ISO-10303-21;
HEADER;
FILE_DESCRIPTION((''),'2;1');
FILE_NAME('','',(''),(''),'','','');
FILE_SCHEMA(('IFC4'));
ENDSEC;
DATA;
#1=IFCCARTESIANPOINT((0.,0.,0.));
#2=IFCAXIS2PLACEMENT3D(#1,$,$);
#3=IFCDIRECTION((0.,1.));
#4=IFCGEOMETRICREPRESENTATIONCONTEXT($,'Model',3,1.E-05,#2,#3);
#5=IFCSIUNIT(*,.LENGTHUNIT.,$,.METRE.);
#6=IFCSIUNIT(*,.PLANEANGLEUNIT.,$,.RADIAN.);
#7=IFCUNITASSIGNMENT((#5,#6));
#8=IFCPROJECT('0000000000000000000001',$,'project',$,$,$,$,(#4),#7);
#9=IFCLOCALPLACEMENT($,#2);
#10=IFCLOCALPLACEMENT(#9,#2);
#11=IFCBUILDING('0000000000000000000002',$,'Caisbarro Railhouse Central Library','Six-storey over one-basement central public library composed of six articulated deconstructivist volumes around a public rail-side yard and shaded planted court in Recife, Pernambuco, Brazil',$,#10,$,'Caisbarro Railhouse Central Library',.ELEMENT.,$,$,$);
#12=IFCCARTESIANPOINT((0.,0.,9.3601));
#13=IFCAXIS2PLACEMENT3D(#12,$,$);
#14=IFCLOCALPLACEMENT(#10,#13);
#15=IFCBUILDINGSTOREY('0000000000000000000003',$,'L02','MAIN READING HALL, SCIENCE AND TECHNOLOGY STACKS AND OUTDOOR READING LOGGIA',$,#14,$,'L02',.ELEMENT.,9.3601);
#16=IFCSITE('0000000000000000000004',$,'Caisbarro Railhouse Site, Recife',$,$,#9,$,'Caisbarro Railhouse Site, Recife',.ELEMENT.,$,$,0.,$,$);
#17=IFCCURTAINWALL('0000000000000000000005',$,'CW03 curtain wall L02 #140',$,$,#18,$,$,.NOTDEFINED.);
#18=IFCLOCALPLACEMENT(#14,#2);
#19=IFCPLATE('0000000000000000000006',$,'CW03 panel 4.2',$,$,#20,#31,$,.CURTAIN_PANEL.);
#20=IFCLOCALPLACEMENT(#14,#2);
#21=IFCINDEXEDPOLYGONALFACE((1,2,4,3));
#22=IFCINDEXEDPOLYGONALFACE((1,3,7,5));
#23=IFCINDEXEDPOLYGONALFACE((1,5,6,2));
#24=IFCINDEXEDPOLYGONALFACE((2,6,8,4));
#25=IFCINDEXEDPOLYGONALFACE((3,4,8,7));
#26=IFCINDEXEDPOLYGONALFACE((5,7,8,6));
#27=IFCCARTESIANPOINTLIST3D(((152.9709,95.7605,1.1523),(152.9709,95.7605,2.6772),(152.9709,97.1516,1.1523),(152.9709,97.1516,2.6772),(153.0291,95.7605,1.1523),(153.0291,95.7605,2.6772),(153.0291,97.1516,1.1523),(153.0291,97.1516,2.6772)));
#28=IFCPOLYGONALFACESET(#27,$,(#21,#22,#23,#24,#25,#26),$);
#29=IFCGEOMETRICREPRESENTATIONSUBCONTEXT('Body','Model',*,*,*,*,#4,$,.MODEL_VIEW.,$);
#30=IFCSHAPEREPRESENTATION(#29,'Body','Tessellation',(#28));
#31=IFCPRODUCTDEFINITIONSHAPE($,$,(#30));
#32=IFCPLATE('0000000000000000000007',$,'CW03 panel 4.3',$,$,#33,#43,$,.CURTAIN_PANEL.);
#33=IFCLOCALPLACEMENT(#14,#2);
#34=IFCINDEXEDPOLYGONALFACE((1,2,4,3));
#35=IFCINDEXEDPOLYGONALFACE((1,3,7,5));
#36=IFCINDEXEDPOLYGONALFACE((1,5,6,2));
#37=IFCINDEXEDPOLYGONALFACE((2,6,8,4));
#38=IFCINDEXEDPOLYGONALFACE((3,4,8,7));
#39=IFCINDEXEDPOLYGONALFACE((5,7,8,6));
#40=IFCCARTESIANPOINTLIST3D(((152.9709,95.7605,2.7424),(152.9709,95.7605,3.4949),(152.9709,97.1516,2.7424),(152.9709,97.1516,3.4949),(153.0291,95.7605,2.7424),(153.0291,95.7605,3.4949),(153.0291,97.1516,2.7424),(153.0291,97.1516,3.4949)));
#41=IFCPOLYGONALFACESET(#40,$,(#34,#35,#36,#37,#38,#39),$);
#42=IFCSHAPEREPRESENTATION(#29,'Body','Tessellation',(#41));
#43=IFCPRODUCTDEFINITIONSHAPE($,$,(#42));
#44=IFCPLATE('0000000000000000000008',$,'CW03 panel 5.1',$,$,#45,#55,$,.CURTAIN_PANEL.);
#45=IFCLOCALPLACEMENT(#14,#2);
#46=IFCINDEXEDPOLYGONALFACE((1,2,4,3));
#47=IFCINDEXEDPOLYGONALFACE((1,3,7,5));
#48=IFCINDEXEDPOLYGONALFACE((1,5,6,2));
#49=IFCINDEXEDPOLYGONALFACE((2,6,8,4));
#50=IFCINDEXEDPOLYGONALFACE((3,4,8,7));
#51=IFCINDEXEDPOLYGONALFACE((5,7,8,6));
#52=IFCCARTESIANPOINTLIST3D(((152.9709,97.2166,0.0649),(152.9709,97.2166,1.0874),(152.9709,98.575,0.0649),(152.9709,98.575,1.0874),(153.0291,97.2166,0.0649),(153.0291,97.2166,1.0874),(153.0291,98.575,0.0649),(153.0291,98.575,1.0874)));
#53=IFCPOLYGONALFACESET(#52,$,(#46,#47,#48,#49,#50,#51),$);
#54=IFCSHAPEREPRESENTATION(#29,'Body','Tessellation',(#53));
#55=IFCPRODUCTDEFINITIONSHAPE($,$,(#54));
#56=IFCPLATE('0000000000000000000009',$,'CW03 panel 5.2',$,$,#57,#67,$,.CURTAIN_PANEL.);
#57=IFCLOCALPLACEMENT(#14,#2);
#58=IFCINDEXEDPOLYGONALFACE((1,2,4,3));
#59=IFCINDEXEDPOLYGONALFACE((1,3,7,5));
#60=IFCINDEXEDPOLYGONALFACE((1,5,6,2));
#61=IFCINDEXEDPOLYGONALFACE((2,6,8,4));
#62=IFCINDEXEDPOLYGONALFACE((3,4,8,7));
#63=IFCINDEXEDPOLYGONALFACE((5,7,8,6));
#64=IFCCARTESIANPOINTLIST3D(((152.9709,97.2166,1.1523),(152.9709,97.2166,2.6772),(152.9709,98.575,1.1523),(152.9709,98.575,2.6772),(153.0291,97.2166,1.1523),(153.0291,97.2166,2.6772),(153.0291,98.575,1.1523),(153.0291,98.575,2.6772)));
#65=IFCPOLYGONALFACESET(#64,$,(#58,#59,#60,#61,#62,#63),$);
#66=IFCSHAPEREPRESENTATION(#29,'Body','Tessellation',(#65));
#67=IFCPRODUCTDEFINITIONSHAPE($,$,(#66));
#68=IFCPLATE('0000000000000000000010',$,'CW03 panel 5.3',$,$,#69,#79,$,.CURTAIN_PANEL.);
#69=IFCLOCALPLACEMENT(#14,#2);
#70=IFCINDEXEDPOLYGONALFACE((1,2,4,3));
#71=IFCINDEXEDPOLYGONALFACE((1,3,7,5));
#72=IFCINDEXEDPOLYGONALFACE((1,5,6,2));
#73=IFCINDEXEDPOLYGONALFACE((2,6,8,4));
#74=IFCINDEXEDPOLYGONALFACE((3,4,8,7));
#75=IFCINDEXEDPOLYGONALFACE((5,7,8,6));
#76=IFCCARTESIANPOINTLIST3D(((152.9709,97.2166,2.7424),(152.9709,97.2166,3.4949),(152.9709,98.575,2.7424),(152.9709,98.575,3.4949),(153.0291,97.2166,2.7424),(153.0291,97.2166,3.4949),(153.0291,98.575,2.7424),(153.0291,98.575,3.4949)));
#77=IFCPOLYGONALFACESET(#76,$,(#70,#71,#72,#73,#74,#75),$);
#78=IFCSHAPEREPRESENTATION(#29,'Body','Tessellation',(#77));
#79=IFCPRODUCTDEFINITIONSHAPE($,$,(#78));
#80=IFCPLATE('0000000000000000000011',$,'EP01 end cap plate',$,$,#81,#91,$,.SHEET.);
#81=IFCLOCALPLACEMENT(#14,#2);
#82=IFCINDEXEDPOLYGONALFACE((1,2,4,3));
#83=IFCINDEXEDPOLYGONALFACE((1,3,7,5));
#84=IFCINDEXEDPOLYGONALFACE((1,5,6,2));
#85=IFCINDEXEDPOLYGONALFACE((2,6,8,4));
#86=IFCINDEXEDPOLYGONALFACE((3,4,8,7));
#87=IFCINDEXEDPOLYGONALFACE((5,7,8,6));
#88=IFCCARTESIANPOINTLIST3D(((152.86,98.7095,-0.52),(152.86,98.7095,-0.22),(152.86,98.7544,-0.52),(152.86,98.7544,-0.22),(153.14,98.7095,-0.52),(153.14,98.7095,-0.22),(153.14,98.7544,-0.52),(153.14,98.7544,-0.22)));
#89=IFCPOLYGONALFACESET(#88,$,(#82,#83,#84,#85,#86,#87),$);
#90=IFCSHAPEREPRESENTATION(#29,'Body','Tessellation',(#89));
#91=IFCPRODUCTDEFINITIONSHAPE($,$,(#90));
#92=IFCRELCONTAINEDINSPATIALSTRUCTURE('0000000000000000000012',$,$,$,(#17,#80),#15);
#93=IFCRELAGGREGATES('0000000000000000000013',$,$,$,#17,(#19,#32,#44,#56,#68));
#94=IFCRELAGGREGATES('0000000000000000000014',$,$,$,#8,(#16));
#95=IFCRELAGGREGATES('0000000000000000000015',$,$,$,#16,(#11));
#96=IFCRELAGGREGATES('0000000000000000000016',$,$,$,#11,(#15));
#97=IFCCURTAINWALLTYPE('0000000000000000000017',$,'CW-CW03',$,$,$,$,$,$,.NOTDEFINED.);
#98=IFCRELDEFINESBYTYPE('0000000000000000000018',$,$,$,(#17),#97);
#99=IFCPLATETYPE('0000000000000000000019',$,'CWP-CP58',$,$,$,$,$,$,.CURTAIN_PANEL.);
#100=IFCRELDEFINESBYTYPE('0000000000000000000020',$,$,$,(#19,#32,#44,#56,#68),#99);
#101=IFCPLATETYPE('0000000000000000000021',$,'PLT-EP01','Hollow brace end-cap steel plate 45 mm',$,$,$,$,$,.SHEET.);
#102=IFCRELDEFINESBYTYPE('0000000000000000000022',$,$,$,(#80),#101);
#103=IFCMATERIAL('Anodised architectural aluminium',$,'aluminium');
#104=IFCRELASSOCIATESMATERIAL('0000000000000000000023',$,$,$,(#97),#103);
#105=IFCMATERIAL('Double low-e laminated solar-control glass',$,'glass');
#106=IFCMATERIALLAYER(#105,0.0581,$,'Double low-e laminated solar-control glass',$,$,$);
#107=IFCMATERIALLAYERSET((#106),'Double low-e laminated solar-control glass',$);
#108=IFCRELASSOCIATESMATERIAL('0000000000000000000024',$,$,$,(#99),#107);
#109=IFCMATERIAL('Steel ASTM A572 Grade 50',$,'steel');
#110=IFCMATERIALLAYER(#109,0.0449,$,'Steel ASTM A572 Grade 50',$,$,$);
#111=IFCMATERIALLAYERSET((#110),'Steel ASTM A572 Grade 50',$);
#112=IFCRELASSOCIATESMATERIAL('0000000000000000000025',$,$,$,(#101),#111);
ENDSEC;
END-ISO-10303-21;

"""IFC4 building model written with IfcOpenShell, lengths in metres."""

from ifc_helpers import new_model, si_unit, direction, frame, origin, origin_2d, place, context, subcontext, project, spatial, rectangle, extrude, material, layer, layer_set, type_object, element, aggregate, save


model = new_model("IFC4")

# Units and contexts
model_context = context("Model", 3, precision=1e-05, world=origin(), true_north=direction((0.0, 1.0)))
body_context = subcontext(model_context, "Body", "Model", "MODEL_VIEW")
ifc_project = project(units=[si_unit("LENGTHUNIT", "METRE"), si_unit("PLANEANGLEUNIT", "RADIAN")], contexts=[model_context])

# Site, building, storey
site_placement = place(None, origin())
site = spatial("IfcSite", under=ifc_project, at=site_placement, Name="Caisbarro Railhouse Site, Recife", LongName="Caisbarro Railhouse Site, Recife", CompositionType="ELEMENT", RefElevation=0.0)
building_placement = place(site_placement, origin())
building = spatial("IfcBuilding", under=site, at=building_placement, Name="Caisbarro Railhouse Central Library", Description="Six-storey over one-basement central public library composed of six articulated deconstructivist volumes around a public rail-side yard and shaded planted court in Recife, Pernambuco, Brazil", LongName="Caisbarro Railhouse Central Library", CompositionType="ELEMENT")
storey_placement = place(building_placement, frame((0.0, 0.0, 9.3601)))
storey = spatial("IfcBuildingStorey", under=building, at=storey_placement, Name="L02", Description="MAIN READING HALL, SCIENCE AND TECHNOLOGY STACKS AND OUTDOOR READING LOGGIA", LongName="L02", CompositionType="ELEMENT", Elevation=9.3601)

# Curtain wall, plates
ifc_material_1 = material(Name="Anodised architectural aluminium", Category="aluminium")
curtain_wall_type = type_object("IfcCurtainWallType", Name="CW-CW03", PredefinedType="NOTDEFINED", material=ifc_material_1)
curtain_wall_placement = place(storey_placement, origin())
curtain_wall = element("IfcCurtainWall", 1, at=curtain_wall_placement, inside=storey, type_object=curtain_wall_type, Name="CW03 curtain wall L02 #140", PredefinedType="NOTDEFINED")
ifc_material_2 = material(Name="Double low-e laminated solar-control glass", Category="glass")
ifc_layer_1 = layer(ifc_material_2, 0.0581, Name="Double low-e laminated solar-control glass")
ifc_layer_set_1 = layer_set([ifc_layer_1], Name="Double low-e laminated solar-control glass")
plate_type_1 = type_object("IfcPlateType", Name="CWP-CP58", PredefinedType="CURTAIN_PANEL", material=ifc_layer_set_1)
plate_1_placement = place(storey_placement, frame((153.0, 96.4561, 1.1523), z_axis=(0.0, 0.0, 1.0), x_axis=(0.0, 1.0, 0.0)))
plate_1 = element("IfcPlate", 2, at=plate_1_placement, type_object=plate_type_1, Name="CW03 panel 4.2", PredefinedType="CURTAIN_PANEL", context=body_context, shape_type="SweptSolid", body=[
    extrude(rectangle(XDim=1.3911, YDim=0.0581, at=origin_2d()), origin(), (0.0, 0.0, 1.0), 1.5249),
])
plate_2_placement = place(storey_placement, frame((153.0, 96.4561, 2.7424), z_axis=(0.0, 0.0, 1.0), x_axis=(0.0, 1.0, 0.0)))
plate_2 = element("IfcPlate", 3, at=plate_2_placement, type_object=plate_type_1, Name="CW03 panel 4.3", PredefinedType="CURTAIN_PANEL", context=body_context, shape_type="SweptSolid", body=[
    extrude(rectangle(XDim=1.3911, YDim=0.0581, at=origin_2d()), origin(), (0.0, 0.0, 1.0), 0.7524),
])
plate_3_placement = place(storey_placement, frame((153.0, 97.8958, 0.0649), z_axis=(0.0, 0.0, 1.0), x_axis=(0.0, 1.0, 0.0)))
plate_3 = element("IfcPlate", 4, at=plate_3_placement, type_object=plate_type_1, Name="CW03 panel 5.1", PredefinedType="CURTAIN_PANEL", context=body_context, shape_type="SweptSolid", body=[
    extrude(rectangle(XDim=1.3584, YDim=0.0581, at=origin_2d()), origin(), (0.0, 0.0, 1.0), 1.0225),
])
plate_4_placement = place(storey_placement, frame((153.0, 97.8958, 1.1523), z_axis=(0.0, 0.0, 1.0), x_axis=(0.0, 1.0, 0.0)))
plate_4 = element("IfcPlate", 5, at=plate_4_placement, type_object=plate_type_1, Name="CW03 panel 5.2", PredefinedType="CURTAIN_PANEL", context=body_context, shape_type="SweptSolid", body=[
    extrude(rectangle(XDim=1.3584, YDim=0.0581, at=origin_2d()), origin(), (0.0, 0.0, 1.0), 1.5249),
])
plate_5_placement = place(storey_placement, frame((153.0, 97.8958, 2.7424), z_axis=(0.0, 0.0, 1.0), x_axis=(0.0, 1.0, 0.0)))
plate_5 = element("IfcPlate", 6, at=plate_5_placement, type_object=plate_type_1, Name="CW03 panel 5.3", PredefinedType="CURTAIN_PANEL", context=body_context, shape_type="SweptSolid", body=[
    extrude(rectangle(XDim=1.3584, YDim=0.0581, at=origin_2d()), origin(), (0.0, 0.0, 1.0), 0.7524),
])
aggregate(curtain_wall, [plate_1, plate_2, plate_3, plate_4, plate_5])

# Plate
ifc_material_3 = material(Name="Steel ASTM A572 Grade 50", Category="steel")
ifc_layer_2 = layer(ifc_material_3, 0.0449, Name="Steel ASTM A572 Grade 50")
ifc_layer_set_2 = layer_set([ifc_layer_2], Name="Steel ASTM A572 Grade 50")
plate_type_2 = type_object("IfcPlateType", Name="PLT-EP01", Description="Hollow brace end-cap steel plate 45 mm", PredefinedType="SHEET", material=ifc_layer_set_2)
plate_6_placement = place(storey_placement, frame((153.0, 98.7319, -0.52), z_axis=(0.0, 0.0, 1.0), x_axis=(0.0, 1.0, 0.0)))
element("IfcPlate", 7, at=plate_6_placement, inside=storey, type_object=plate_type_2, Name="EP01 end cap plate", PredefinedType="SHEET", context=body_context, shape_type="SweptSolid", body=[
    extrude(rectangle(XDim=0.0449, YDim=0.28, at=origin_2d()), origin(), (0.0, 0.0, 1.0), 0.3),
])

save(model, "model.ifc")
